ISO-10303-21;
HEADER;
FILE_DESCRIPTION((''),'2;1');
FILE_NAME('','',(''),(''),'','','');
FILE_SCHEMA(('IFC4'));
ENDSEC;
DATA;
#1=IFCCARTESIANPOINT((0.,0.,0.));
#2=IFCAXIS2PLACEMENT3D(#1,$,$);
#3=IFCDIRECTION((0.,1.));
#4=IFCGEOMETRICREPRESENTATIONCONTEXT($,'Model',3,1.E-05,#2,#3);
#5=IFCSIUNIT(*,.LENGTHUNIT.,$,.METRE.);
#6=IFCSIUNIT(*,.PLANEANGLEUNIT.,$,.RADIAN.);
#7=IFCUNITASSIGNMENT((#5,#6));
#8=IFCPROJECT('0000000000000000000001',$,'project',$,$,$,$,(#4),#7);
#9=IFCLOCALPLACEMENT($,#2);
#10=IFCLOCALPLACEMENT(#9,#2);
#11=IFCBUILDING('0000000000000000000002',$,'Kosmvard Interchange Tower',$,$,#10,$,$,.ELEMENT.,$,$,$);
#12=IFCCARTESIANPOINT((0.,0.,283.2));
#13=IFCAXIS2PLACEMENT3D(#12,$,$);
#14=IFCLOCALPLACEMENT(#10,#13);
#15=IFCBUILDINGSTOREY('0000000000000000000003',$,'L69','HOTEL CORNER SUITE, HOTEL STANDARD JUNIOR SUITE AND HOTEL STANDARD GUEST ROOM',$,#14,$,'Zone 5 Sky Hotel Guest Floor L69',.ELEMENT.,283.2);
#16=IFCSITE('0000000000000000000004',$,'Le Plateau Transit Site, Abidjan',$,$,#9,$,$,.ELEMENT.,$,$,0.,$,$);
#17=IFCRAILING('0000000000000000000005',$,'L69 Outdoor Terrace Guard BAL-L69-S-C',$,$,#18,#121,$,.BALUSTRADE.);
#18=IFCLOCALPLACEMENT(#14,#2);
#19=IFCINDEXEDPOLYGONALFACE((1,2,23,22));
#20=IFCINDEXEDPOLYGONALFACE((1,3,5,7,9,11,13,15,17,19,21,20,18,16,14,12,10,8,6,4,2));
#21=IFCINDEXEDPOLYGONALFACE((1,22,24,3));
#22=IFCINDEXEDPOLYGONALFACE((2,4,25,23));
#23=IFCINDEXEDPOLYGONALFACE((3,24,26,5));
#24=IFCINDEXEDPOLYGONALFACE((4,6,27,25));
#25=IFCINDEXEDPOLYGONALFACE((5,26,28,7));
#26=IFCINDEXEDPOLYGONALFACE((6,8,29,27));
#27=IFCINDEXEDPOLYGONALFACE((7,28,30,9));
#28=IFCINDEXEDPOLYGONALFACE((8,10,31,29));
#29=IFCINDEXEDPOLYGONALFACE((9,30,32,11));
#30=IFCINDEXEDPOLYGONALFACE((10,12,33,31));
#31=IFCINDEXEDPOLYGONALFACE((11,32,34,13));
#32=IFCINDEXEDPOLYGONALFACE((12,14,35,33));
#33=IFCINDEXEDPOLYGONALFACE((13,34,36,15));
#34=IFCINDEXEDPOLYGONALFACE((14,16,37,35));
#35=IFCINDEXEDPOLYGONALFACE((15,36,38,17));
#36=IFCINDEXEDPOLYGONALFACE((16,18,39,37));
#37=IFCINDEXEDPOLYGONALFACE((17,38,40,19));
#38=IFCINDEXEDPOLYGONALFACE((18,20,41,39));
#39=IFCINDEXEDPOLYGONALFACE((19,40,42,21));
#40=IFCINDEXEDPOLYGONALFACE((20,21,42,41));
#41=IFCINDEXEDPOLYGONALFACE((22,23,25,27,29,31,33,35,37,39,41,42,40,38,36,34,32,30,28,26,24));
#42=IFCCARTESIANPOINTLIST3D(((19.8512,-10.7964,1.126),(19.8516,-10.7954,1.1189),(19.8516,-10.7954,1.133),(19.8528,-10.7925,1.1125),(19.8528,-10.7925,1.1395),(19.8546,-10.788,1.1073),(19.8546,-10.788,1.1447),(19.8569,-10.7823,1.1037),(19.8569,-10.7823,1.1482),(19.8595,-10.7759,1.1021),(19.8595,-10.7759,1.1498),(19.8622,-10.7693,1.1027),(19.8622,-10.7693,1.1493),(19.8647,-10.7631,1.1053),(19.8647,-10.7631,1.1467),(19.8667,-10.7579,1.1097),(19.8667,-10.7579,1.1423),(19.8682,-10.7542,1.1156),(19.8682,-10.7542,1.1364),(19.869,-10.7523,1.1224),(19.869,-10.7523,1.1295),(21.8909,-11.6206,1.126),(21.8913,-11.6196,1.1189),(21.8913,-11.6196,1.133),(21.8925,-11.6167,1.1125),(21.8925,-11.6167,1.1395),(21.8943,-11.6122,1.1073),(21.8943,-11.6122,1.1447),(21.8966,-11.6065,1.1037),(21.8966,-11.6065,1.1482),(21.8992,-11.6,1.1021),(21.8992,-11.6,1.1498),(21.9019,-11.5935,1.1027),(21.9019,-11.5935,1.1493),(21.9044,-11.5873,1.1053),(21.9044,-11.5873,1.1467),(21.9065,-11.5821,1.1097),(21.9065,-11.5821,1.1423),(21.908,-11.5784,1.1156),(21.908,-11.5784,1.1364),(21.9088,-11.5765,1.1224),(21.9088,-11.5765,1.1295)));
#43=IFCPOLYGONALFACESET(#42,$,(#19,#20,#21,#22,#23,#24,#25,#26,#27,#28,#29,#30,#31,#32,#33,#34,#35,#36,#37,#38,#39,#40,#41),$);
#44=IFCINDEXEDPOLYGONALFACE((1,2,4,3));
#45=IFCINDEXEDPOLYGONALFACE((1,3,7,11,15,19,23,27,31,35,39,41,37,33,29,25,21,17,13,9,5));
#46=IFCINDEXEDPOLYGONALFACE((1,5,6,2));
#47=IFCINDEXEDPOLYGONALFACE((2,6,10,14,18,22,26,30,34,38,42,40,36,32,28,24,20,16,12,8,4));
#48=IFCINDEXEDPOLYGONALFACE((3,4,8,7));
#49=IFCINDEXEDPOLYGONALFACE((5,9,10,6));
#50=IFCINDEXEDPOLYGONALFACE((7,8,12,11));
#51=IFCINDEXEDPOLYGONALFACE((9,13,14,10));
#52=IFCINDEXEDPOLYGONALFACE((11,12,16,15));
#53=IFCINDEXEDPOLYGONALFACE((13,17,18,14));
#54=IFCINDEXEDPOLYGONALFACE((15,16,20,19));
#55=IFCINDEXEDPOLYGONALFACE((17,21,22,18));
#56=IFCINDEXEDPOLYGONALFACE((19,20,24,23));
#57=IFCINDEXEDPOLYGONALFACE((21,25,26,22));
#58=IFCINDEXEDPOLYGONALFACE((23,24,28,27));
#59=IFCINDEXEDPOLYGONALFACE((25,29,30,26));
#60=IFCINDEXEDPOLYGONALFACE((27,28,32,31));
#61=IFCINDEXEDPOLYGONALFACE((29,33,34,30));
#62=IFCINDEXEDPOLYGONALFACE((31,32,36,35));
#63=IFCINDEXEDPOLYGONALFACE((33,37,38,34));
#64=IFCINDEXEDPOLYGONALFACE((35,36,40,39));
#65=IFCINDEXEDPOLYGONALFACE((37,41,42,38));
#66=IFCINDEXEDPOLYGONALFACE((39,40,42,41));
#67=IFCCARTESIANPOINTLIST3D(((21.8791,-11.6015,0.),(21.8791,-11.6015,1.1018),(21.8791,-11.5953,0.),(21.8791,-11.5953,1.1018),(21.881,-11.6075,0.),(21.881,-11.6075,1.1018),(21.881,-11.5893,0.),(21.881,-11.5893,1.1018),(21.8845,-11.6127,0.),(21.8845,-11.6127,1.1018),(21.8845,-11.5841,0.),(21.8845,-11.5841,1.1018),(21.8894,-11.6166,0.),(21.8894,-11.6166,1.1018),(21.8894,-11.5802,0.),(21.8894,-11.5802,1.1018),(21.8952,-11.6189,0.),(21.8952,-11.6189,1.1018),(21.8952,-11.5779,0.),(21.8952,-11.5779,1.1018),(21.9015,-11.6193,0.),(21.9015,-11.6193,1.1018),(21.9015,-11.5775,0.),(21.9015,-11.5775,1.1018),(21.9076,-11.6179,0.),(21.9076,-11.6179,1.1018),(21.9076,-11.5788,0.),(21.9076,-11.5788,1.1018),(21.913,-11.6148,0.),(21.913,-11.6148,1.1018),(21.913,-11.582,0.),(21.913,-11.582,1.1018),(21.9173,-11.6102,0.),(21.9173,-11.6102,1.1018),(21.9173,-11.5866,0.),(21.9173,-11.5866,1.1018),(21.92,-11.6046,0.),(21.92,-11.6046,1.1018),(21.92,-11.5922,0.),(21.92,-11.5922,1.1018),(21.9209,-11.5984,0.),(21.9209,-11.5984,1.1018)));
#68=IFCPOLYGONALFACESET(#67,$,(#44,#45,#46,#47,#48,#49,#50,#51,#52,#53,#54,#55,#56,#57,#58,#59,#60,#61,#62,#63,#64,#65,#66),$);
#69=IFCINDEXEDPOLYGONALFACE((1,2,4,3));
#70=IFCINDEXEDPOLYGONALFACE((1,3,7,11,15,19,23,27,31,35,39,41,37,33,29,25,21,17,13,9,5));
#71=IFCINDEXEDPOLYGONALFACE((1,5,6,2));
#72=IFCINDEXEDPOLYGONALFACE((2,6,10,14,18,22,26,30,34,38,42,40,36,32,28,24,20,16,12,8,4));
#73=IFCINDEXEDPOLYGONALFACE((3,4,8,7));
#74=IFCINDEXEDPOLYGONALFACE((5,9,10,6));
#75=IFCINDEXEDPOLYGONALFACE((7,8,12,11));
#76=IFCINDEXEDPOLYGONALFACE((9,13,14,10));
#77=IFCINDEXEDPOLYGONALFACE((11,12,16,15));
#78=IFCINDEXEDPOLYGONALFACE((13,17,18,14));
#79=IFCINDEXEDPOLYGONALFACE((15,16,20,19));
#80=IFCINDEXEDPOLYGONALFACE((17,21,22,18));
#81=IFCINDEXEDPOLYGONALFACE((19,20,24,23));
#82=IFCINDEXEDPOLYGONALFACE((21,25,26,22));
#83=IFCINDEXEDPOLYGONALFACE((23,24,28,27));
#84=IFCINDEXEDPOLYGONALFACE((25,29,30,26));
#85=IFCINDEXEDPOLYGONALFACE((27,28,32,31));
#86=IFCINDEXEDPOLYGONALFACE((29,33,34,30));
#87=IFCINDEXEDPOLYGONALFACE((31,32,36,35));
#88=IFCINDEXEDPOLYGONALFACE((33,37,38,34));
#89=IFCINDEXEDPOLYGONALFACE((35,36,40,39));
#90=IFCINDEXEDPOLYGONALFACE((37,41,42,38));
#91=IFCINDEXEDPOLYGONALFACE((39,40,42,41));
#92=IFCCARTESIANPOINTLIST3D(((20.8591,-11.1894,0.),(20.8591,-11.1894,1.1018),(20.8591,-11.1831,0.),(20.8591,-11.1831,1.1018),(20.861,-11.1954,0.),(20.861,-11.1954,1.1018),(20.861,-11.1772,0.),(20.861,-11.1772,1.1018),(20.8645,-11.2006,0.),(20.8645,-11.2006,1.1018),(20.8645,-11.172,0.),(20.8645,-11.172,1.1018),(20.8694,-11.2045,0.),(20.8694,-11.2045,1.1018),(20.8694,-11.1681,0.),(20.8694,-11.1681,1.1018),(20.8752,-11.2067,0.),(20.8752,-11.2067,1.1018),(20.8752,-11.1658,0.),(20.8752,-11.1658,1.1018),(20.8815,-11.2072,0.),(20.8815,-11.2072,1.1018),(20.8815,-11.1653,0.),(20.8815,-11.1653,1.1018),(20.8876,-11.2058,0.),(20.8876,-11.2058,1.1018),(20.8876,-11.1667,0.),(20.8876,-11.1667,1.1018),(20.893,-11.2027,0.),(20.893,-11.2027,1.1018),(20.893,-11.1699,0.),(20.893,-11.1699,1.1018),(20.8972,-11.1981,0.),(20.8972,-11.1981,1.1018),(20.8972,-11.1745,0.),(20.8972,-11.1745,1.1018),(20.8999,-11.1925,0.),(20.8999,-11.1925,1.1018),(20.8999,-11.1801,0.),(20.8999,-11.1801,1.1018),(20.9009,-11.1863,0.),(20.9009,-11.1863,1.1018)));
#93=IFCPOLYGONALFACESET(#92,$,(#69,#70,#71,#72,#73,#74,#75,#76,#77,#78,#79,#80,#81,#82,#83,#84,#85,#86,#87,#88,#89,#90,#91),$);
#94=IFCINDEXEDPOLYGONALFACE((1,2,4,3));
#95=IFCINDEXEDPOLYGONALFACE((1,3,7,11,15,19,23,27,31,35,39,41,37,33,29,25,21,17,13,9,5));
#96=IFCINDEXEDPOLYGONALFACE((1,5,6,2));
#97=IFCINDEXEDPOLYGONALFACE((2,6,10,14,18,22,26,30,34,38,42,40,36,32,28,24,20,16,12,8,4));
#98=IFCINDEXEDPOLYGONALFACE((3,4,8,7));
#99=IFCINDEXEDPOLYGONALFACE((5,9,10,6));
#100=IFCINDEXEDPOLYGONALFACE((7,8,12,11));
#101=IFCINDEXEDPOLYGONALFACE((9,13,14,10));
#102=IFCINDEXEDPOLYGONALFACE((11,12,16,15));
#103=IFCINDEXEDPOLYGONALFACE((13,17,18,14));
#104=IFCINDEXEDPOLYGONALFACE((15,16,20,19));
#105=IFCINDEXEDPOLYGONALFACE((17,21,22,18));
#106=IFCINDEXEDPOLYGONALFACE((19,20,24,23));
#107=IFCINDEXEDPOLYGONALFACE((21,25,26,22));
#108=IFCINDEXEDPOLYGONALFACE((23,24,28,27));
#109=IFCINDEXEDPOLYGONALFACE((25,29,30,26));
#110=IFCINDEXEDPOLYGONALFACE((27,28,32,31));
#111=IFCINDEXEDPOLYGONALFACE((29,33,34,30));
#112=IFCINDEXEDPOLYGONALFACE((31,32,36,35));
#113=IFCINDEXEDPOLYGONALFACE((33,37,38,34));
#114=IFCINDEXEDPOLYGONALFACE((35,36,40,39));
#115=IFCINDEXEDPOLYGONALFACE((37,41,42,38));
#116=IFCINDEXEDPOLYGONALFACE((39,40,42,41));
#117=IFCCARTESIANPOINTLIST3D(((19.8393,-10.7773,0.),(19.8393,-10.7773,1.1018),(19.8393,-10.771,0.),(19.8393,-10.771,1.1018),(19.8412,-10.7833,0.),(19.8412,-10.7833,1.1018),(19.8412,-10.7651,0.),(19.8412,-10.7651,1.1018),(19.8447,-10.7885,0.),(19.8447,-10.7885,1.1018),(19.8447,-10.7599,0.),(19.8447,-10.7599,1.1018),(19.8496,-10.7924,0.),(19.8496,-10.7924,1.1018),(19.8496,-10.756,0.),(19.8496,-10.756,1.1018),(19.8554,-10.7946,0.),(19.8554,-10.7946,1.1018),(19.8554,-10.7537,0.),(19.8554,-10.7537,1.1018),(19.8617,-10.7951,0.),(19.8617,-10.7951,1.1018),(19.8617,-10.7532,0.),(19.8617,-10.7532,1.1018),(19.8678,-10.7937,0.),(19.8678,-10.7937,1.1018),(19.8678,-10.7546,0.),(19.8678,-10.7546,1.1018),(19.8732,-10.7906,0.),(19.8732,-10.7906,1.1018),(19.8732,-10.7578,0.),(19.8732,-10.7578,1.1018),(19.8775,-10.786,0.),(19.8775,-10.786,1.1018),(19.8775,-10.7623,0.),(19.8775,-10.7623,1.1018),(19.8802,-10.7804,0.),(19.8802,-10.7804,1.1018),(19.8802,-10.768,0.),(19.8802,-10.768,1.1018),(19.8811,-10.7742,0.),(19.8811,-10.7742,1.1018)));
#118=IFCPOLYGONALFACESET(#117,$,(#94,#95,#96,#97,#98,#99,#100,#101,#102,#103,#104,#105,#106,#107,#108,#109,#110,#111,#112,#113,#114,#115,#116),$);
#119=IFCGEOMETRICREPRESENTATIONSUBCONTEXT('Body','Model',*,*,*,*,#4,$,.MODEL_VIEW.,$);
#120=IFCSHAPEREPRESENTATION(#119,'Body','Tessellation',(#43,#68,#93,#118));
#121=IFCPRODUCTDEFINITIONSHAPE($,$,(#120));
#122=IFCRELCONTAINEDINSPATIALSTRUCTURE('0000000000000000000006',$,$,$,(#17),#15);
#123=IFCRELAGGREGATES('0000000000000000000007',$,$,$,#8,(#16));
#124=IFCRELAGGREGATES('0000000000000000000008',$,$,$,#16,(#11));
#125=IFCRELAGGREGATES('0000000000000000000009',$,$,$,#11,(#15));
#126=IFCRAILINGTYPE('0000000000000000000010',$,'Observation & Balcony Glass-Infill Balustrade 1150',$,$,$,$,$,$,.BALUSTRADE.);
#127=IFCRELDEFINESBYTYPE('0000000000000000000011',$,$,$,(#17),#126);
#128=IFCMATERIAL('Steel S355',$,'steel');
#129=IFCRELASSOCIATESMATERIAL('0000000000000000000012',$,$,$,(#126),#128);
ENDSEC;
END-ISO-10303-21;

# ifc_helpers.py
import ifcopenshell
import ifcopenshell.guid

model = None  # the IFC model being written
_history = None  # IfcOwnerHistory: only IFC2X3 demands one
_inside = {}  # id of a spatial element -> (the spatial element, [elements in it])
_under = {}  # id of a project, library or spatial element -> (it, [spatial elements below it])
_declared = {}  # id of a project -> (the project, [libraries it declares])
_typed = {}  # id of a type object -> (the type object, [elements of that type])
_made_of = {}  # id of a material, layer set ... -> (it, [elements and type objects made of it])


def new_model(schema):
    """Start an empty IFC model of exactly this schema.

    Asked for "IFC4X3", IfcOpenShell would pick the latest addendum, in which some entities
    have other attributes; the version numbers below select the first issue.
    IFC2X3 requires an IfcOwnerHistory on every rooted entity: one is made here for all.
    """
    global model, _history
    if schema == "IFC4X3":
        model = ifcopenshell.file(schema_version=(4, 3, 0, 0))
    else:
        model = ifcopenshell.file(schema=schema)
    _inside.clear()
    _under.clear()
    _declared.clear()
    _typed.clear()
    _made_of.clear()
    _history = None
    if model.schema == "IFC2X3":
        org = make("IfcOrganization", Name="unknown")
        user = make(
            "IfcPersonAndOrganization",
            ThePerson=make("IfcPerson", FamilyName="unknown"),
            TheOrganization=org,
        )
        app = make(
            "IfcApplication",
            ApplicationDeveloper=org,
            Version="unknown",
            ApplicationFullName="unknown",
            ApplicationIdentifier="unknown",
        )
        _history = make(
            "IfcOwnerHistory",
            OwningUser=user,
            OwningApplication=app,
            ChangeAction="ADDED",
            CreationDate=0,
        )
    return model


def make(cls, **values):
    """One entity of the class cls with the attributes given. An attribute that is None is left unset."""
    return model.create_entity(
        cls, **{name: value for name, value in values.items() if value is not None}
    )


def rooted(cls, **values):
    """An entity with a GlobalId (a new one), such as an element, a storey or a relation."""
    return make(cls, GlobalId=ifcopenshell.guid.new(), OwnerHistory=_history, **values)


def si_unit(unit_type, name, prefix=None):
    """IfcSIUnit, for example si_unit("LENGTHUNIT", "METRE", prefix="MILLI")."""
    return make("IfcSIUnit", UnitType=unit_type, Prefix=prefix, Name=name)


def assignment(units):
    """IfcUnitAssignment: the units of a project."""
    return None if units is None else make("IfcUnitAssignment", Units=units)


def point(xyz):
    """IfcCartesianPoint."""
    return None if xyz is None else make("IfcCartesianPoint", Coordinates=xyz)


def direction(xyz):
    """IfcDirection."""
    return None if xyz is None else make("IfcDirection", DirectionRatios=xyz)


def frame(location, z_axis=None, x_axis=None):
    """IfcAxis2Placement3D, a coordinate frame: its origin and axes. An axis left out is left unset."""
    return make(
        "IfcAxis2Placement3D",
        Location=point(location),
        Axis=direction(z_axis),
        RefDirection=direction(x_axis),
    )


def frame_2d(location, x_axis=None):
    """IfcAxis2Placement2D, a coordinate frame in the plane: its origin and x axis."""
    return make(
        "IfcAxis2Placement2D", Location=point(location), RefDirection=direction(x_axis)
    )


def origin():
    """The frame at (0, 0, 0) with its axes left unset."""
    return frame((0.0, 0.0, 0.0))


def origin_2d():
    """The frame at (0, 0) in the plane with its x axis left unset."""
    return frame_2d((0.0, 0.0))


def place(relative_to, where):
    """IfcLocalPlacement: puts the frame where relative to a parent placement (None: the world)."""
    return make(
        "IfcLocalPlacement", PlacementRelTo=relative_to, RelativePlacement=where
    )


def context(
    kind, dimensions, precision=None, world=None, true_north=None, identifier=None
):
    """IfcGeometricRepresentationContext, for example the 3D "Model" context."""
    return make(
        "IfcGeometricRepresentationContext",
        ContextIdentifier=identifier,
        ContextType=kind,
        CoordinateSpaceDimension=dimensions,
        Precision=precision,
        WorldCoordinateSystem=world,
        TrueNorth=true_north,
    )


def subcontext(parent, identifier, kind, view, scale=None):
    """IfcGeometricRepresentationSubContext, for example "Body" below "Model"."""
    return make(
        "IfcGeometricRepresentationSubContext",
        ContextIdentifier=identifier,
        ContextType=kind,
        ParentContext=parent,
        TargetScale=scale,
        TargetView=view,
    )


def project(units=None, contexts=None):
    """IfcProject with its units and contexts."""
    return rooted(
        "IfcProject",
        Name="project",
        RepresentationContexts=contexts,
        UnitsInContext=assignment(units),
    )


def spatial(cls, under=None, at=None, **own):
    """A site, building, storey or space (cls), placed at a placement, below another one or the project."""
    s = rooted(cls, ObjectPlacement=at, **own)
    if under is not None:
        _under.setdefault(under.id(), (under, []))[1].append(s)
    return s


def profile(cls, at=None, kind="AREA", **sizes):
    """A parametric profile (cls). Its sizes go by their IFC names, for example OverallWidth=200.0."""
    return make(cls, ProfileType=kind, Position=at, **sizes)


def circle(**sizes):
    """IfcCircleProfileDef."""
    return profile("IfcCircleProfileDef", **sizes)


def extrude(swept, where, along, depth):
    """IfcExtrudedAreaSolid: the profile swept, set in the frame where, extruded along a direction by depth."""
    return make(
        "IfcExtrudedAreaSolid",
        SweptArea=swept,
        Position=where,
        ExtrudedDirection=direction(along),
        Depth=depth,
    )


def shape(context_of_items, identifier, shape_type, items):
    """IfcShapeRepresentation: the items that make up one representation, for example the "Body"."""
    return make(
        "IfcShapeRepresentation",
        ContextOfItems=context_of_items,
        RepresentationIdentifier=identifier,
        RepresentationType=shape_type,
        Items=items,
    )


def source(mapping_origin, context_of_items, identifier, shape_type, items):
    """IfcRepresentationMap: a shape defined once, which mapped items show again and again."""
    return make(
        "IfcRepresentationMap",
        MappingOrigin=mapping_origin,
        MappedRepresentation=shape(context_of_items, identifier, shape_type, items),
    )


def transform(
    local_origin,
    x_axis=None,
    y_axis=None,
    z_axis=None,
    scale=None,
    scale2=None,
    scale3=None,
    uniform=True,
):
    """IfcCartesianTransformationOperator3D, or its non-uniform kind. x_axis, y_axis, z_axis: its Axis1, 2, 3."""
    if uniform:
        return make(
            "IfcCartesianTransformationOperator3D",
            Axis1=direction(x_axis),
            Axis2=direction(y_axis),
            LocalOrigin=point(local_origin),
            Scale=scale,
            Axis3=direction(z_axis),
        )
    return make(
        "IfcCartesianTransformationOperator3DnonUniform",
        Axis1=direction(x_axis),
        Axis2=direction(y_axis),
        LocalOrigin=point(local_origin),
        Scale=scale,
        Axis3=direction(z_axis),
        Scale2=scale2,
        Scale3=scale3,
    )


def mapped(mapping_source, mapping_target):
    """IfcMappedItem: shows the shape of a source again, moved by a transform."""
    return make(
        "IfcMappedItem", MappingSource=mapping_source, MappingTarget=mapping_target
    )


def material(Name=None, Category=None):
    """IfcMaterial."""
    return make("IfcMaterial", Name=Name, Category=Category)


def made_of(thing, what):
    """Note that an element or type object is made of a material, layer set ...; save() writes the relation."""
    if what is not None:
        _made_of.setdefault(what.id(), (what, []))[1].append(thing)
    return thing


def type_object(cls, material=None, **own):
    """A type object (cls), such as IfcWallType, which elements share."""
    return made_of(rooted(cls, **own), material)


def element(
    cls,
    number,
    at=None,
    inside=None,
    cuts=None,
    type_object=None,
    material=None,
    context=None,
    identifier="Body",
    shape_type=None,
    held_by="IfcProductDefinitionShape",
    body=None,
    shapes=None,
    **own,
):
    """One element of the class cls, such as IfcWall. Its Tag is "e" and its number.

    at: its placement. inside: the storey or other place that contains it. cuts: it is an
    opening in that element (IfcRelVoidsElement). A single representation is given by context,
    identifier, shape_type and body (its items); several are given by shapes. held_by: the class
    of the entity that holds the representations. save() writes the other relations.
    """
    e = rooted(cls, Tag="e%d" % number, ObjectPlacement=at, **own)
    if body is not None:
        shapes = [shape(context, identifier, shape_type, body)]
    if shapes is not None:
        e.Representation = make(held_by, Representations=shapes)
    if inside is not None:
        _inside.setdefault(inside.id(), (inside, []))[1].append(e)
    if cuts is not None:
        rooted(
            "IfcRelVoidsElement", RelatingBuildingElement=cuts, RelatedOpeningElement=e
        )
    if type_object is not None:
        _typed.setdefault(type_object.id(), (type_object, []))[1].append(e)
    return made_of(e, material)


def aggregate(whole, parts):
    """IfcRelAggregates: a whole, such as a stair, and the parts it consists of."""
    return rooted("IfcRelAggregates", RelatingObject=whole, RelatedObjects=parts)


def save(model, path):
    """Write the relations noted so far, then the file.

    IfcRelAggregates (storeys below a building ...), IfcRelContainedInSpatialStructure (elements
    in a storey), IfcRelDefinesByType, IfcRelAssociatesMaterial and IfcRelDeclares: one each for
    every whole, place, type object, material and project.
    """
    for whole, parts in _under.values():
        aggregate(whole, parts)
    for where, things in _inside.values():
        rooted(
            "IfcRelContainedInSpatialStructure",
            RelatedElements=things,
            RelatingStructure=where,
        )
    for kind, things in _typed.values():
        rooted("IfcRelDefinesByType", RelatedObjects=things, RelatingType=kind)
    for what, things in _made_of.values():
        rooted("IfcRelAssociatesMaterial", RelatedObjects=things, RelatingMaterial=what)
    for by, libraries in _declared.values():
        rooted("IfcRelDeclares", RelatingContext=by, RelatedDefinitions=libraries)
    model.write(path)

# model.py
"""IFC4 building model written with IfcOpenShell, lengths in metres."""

from ifc_helpers import new_model, si_unit, direction, frame, origin, origin_2d, place, context, subcontext, project, spatial, circle, extrude, source, transform, mapped, material, type_object, element, save


model = new_model("IFC4")

# Units and contexts
model_context = context("Model", 3, precision=1e-05, world=origin(), true_north=direction((0.0, 1.0)))
body_context = subcontext(model_context, "Body", "Model", "MODEL_VIEW")
ifc_project = project(units=[si_unit("LENGTHUNIT", "METRE"), si_unit("PLANEANGLEUNIT", "RADIAN")], contexts=[model_context])

# Site, building, storey
site_placement = place(None, origin())
site = spatial("IfcSite", under=ifc_project, at=site_placement, Name="Le Plateau Transit Site, Abidjan", CompositionType="ELEMENT", RefElevation=0.0)
building_placement = place(site_placement, origin())
building = spatial("IfcBuilding", under=site, at=building_placement, Name="Kosmvard Interchange Tower", CompositionType="ELEMENT")
storey_placement = place(building_placement, frame((0.0, 0.0, 283.2)))
storey = spatial("IfcBuildingStorey", under=building, at=storey_placement, Name="L69", Description="HOTEL CORNER SUITE, HOTEL STANDARD JUNIOR SUITE AND HOTEL STANDARD GUEST ROOM", LongName="Zone 5 Sky Hotel Guest Floor L69", CompositionType="ELEMENT", Elevation=283.2)

# Shared definitions
ifc_material_1 = material(Name="Steel S355", Category="steel")

# Railing
railing_type = type_object("IfcRailingType", Name="Observation & Balcony Glass-Infill Balustrade 1150", PredefinedType="BALUSTRADE", material=ifc_material_1)
shared_shape_1 = source(origin(), body_context, "Body", "SweptSolid", [
    extrude(circle(Radius=0.0239, at=origin_2d()), frame((0.0, 0.0, 1.126), z_axis=(-0.92717, 0.374641, 0.0), x_axis=(-0.374641, -0.92717, 0.0)), (0.0, 0.0, 1.0), 2.2),
    extrude(circle(Radius=0.021, at=origin_2d()), origin(), (0.0, 0.0, 1.0), 1.1018),
    extrude(circle(Radius=0.021, at=origin_2d()), frame((-1.02, 0.4121, 0.0)), (0.0, 0.0, 1.0), 1.1018),
    extrude(circle(Radius=0.021, at=origin_2d()), frame((-2.0398, 0.8242, 0.0)), (0.0, 0.0, 1.0), 1.1018),
])
railing_placement = place(storey_placement, frame((21.8999, -11.5984, 0.0)))
element("IfcRailing", 1, at=railing_placement, inside=storey, type_object=railing_type, Name="L69 Outdoor Terrace Guard BAL-L69-S-C", PredefinedType="BALUSTRADE", context=body_context, shape_type="MappedRepresentation", body=[
    mapped(shared_shape_1, transform((0.0, 0.0, 0.0), scale=1.0)),
])

save(model, "model.ifc")
